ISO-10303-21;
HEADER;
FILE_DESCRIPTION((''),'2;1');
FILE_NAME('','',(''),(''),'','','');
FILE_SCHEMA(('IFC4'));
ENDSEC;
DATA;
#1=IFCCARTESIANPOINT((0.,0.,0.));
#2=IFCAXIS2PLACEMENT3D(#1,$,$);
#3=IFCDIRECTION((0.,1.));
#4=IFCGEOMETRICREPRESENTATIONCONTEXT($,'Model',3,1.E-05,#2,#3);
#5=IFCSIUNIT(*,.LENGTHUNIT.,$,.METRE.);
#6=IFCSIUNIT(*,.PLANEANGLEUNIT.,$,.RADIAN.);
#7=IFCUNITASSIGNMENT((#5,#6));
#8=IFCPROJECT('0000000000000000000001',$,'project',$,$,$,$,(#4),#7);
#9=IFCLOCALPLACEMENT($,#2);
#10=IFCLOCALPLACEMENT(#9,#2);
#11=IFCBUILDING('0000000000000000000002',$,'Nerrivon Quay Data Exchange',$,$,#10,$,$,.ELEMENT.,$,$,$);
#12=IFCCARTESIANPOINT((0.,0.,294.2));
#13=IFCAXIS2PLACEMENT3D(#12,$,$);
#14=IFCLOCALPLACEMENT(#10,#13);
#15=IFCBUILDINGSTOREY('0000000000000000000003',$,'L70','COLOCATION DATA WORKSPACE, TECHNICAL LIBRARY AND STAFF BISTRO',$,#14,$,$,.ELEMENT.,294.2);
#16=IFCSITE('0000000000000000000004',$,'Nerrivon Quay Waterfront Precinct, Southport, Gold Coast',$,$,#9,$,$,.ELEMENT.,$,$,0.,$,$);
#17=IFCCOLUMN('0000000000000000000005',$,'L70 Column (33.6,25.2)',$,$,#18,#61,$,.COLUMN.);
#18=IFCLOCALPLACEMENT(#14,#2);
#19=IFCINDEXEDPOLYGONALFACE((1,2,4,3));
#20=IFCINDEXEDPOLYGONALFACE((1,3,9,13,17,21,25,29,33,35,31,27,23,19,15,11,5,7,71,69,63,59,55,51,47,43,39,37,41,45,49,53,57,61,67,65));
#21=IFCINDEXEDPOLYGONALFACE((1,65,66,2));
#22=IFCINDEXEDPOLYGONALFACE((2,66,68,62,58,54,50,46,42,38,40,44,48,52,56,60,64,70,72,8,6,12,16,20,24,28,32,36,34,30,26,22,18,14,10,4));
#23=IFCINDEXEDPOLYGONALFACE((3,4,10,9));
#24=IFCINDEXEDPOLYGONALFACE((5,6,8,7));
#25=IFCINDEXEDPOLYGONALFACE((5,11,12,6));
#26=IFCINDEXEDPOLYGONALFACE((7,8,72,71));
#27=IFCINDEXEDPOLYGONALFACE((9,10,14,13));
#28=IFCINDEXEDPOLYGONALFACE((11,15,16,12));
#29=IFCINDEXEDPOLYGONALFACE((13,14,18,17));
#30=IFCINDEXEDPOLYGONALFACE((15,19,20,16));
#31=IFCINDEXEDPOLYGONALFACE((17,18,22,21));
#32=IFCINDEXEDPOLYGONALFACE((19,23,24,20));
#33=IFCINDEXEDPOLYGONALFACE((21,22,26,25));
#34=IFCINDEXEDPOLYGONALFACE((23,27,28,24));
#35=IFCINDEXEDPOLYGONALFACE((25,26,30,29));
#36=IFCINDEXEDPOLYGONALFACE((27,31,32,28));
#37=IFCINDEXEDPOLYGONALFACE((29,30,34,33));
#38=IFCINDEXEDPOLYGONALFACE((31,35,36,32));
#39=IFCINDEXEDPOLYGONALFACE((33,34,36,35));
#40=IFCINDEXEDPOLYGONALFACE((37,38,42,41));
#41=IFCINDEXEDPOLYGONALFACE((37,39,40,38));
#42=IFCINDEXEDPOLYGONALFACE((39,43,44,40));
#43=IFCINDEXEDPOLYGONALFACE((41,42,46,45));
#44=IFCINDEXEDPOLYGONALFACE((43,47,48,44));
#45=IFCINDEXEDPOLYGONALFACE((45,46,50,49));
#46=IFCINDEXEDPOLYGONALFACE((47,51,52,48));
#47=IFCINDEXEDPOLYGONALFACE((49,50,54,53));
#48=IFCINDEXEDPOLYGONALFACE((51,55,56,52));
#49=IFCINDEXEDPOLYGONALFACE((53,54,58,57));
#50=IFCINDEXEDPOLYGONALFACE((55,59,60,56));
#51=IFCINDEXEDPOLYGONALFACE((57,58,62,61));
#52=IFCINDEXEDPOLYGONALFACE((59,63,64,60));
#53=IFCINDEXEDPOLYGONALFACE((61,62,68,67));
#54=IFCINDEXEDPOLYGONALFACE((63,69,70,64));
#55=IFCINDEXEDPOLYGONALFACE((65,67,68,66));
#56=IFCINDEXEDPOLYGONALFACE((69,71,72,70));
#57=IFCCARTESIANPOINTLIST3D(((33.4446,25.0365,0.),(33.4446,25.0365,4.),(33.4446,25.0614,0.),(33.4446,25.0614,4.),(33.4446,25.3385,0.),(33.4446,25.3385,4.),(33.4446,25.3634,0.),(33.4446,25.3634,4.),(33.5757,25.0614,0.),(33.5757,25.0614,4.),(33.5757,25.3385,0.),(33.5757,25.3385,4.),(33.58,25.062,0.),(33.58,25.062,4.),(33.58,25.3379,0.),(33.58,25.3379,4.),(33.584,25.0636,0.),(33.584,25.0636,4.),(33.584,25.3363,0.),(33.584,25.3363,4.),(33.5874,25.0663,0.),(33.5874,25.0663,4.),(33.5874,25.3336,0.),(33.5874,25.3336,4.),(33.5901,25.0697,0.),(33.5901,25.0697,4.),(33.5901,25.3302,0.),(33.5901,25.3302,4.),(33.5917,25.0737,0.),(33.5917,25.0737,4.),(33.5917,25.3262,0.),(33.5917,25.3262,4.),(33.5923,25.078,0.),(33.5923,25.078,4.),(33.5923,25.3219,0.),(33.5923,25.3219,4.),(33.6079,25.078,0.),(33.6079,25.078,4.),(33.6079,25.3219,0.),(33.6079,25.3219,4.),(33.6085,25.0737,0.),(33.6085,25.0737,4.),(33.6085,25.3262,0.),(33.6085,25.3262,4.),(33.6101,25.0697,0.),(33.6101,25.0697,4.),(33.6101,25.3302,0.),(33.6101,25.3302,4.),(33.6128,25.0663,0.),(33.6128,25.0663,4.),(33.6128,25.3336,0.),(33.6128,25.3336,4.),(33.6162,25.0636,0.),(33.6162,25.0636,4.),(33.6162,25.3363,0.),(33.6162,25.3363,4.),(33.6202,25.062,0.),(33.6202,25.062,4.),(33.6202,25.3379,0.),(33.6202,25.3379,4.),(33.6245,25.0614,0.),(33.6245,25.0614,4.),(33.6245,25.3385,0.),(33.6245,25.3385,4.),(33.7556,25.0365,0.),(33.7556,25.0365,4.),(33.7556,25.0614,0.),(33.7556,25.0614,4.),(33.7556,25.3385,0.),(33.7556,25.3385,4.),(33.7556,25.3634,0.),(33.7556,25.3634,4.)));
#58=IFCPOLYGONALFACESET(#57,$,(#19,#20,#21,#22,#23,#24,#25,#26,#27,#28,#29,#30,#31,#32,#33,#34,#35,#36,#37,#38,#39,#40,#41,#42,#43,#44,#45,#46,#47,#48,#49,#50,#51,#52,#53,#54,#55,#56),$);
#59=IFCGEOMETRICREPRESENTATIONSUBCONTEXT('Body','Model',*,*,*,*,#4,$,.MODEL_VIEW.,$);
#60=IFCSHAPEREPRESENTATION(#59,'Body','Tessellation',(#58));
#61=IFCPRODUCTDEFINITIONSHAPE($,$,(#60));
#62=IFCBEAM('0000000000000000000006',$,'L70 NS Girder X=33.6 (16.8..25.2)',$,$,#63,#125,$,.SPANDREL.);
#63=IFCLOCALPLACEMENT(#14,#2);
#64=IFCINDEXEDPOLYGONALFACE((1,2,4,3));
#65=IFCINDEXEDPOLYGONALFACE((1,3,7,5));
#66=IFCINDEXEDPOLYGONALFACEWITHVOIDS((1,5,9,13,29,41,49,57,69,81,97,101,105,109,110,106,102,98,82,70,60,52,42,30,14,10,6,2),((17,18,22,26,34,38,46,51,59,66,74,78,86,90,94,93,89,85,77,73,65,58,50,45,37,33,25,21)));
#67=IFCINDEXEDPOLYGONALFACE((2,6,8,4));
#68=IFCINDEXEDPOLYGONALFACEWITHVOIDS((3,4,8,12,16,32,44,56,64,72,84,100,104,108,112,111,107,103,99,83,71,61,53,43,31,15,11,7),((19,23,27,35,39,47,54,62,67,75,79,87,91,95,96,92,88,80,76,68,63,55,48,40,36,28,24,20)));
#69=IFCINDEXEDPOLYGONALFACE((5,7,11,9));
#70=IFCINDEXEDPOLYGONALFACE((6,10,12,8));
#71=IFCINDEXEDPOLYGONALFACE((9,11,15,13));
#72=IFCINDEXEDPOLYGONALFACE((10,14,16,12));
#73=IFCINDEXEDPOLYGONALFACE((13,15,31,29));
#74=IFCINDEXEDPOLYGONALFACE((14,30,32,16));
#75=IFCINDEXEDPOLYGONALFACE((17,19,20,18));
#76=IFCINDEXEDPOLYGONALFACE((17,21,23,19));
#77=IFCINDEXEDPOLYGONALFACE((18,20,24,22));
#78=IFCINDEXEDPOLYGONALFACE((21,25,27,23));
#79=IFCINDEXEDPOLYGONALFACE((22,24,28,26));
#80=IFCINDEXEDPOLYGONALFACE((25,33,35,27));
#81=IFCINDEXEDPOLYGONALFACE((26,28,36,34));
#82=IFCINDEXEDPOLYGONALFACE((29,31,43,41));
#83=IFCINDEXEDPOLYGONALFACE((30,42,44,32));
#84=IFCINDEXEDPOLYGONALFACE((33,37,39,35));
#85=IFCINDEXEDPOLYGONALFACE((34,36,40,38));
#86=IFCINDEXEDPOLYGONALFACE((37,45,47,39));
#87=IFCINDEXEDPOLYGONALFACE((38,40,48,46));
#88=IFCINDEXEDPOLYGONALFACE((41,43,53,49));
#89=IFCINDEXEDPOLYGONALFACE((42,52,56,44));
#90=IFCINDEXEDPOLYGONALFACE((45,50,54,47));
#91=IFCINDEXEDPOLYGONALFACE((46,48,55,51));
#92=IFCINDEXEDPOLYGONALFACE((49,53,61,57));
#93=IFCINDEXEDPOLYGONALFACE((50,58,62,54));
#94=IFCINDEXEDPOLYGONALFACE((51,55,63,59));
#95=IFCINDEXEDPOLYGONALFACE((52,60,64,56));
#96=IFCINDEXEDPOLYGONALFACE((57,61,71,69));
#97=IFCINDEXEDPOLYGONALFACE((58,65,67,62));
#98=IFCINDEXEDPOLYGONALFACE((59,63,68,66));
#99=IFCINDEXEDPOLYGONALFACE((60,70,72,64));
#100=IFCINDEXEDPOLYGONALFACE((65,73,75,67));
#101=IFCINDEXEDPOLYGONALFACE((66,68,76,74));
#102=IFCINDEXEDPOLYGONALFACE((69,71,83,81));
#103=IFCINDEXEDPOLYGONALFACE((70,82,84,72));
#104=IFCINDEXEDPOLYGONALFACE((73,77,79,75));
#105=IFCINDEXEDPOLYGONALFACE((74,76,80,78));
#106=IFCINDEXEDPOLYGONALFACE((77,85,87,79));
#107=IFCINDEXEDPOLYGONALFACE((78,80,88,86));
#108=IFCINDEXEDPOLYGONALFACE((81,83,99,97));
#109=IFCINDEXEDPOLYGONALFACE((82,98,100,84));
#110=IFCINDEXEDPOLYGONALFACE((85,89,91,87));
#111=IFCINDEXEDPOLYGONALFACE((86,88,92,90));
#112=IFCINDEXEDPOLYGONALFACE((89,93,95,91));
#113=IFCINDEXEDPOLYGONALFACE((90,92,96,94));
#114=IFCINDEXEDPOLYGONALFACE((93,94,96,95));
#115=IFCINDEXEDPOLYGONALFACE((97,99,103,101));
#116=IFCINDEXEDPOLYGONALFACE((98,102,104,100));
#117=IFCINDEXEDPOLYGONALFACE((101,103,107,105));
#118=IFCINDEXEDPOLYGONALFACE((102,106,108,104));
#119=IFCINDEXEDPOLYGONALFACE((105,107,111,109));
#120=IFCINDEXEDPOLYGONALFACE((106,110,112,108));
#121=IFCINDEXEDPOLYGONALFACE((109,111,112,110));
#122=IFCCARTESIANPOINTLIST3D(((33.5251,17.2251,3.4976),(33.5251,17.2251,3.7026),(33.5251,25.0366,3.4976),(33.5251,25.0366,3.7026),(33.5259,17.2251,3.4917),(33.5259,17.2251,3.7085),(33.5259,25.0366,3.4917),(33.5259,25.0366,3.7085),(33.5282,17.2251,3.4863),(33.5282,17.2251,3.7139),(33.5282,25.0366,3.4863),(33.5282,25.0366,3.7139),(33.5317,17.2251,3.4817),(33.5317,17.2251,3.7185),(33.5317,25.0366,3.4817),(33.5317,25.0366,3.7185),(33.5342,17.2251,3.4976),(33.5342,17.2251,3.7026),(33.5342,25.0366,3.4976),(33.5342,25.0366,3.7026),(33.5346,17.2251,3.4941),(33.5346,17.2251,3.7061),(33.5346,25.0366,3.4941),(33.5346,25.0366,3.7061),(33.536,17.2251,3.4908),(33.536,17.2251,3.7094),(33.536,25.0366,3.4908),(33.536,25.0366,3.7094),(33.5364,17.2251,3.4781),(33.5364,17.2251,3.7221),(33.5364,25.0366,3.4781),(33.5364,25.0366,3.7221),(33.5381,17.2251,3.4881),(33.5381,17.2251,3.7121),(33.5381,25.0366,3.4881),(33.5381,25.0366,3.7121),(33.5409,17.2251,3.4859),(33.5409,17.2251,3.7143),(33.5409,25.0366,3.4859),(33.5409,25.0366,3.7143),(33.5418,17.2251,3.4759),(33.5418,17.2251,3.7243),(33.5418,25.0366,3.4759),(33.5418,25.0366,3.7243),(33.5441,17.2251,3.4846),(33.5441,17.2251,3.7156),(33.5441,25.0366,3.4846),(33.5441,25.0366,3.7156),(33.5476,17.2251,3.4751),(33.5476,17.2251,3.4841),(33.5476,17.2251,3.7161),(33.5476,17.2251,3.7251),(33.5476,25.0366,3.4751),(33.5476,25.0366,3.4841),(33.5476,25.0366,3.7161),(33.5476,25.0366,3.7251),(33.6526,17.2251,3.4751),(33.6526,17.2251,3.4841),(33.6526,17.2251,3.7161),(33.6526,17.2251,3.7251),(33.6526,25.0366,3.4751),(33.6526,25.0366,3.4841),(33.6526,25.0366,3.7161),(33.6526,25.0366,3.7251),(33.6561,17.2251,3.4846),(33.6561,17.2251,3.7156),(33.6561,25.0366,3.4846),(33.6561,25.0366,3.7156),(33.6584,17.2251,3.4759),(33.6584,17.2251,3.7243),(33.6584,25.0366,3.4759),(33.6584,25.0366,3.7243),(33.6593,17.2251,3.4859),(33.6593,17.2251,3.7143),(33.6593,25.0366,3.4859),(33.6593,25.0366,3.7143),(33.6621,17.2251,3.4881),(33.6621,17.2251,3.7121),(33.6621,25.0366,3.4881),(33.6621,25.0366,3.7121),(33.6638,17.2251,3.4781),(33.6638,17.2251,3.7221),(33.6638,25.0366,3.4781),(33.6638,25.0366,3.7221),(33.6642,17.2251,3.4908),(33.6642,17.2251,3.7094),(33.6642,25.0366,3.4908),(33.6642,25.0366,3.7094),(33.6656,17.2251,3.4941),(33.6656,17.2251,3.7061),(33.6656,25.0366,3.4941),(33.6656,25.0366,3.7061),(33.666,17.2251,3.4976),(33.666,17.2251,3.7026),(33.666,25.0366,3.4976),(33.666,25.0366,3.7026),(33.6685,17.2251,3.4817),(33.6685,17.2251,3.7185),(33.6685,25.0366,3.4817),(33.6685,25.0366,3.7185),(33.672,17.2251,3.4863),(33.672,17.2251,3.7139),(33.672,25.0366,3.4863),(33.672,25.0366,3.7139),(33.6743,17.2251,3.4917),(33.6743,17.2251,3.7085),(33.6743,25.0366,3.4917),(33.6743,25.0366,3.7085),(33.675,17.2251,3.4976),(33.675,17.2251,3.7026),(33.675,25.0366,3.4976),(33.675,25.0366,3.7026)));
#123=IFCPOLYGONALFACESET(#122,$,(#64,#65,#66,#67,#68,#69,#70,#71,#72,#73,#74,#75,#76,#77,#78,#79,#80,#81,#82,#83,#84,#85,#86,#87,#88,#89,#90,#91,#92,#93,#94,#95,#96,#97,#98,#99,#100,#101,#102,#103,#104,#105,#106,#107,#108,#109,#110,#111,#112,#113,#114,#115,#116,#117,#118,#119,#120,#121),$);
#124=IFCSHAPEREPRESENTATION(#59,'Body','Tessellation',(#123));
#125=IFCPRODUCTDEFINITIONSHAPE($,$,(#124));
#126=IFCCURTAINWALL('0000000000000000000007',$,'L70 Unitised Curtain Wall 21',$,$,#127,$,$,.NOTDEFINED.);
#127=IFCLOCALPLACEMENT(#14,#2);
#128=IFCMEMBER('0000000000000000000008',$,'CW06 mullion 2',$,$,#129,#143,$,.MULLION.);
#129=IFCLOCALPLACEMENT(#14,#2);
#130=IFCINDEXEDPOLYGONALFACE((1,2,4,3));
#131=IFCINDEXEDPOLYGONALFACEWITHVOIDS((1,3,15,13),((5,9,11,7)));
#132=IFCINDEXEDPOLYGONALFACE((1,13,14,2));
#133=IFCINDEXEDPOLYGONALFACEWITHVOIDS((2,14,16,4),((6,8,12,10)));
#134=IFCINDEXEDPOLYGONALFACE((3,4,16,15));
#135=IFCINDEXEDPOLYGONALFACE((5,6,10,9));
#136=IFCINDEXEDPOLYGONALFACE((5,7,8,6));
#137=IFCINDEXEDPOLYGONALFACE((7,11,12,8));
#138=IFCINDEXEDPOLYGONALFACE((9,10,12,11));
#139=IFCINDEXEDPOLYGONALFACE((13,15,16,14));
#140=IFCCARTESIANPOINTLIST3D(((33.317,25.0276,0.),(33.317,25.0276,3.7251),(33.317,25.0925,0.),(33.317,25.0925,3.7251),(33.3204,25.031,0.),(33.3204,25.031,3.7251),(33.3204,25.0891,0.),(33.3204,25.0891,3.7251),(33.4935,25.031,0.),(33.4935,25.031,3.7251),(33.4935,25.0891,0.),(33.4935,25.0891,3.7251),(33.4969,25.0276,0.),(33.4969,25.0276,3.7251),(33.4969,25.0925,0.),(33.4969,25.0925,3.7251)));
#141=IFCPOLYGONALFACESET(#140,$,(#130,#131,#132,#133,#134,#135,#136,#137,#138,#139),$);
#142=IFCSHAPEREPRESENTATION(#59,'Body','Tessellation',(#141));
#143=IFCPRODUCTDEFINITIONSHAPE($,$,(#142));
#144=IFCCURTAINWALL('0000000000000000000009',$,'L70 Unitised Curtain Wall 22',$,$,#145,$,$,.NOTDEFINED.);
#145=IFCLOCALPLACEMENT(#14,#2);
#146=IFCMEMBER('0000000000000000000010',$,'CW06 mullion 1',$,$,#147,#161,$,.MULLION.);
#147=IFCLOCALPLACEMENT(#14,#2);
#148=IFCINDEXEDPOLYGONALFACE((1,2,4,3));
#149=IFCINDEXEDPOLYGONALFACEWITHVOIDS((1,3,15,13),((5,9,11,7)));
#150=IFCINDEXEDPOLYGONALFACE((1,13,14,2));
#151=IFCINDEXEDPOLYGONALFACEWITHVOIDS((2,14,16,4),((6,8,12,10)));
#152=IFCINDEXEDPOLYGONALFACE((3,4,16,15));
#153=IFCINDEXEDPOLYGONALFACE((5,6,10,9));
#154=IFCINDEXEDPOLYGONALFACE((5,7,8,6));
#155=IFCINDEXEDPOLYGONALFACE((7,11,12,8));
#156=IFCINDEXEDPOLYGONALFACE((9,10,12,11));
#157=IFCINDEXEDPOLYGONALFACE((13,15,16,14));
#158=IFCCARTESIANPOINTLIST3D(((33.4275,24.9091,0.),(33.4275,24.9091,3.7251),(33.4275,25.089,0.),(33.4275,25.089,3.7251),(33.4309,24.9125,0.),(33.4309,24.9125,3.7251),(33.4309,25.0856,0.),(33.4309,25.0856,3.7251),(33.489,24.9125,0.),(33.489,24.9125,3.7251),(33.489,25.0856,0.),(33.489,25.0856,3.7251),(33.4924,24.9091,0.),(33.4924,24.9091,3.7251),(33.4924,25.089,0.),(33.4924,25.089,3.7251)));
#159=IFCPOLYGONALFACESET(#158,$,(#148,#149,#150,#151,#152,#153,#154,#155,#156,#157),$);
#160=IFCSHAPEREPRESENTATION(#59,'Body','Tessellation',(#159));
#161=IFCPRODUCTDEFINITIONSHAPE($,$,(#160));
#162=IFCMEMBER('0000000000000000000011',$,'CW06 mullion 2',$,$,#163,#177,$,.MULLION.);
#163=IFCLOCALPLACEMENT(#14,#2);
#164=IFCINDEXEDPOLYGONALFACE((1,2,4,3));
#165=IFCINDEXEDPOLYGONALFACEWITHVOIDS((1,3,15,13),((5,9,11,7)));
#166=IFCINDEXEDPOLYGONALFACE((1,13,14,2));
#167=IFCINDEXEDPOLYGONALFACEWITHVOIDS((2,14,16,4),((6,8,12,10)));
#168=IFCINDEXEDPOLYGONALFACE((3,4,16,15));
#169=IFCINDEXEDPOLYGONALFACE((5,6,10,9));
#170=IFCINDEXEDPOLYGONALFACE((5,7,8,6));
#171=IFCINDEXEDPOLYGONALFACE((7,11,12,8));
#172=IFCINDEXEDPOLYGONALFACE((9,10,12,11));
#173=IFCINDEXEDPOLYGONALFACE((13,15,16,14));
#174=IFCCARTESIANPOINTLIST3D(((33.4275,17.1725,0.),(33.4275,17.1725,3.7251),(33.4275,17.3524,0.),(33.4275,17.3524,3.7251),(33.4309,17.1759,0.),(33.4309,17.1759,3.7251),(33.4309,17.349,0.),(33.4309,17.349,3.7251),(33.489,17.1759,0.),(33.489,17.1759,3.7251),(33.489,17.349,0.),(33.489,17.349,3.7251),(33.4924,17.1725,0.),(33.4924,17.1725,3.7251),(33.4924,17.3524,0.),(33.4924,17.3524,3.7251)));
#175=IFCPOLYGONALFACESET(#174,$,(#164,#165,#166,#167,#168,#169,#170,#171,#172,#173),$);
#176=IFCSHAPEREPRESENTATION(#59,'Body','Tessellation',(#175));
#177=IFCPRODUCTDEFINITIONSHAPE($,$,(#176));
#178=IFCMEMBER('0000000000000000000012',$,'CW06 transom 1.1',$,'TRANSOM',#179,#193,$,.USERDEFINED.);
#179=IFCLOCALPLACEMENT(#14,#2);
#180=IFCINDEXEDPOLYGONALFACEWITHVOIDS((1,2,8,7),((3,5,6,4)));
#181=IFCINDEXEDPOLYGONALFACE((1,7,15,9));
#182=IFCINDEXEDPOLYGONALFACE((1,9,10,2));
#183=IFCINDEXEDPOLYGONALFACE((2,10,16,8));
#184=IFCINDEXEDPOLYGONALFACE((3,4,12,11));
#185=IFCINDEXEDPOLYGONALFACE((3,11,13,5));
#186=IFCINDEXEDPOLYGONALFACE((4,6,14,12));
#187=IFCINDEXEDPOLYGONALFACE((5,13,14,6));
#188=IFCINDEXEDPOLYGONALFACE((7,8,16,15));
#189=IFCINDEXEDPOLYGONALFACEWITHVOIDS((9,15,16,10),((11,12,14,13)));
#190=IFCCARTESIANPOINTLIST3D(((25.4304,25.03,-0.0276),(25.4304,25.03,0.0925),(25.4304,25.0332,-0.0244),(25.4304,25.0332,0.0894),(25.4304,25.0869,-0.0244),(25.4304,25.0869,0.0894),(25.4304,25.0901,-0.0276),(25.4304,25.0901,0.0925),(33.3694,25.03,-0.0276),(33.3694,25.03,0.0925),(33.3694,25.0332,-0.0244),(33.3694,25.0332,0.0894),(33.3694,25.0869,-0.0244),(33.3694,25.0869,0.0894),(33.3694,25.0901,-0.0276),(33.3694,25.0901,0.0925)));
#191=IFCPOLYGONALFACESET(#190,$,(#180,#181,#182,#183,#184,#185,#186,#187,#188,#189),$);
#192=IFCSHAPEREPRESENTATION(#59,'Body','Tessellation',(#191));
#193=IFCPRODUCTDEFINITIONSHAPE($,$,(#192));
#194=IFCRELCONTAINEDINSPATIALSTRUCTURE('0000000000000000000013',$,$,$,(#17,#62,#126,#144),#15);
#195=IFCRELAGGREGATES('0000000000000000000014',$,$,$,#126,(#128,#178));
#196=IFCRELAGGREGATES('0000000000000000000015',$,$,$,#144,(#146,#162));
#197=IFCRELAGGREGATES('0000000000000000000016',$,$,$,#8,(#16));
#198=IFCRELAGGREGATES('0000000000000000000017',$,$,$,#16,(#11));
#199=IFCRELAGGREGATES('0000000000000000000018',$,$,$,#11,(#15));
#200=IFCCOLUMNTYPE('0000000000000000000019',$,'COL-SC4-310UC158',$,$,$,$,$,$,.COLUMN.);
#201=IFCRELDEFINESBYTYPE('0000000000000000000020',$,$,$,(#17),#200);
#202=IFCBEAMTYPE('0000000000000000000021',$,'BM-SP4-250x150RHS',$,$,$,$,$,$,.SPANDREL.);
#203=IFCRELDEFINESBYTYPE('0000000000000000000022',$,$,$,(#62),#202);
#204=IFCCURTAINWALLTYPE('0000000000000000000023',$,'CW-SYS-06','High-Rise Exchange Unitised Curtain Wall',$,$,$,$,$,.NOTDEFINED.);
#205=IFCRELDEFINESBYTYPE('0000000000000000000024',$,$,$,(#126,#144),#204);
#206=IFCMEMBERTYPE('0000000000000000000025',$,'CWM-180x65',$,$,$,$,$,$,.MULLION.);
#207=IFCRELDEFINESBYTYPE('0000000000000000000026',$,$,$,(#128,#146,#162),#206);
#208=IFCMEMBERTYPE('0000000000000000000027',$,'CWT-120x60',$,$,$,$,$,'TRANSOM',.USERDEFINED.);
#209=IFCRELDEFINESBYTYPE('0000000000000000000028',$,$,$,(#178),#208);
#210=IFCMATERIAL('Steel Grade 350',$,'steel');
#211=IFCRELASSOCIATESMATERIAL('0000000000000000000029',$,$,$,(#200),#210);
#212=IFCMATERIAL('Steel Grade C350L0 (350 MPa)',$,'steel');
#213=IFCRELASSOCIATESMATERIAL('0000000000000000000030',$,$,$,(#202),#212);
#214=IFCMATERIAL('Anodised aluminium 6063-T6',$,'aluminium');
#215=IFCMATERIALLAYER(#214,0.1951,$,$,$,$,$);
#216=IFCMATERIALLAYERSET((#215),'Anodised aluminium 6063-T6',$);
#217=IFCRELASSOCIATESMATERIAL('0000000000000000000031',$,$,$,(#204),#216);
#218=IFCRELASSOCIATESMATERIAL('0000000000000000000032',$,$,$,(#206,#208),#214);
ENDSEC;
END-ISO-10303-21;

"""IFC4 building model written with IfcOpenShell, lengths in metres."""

from ifc_helpers import new_model, si_unit, direction, frame, origin, origin_2d, place, context, subcontext, project, spatial, hollow_rectangle, i_section, extrude, material, layer, layer_set, material_profile, profile_set, type_object, element, aggregate, save


model = new_model("IFC4")

# Units and contexts
model_context = context("Model", 3, precision=1e-05, world=origin(), true_north=direction((0.0, 1.0)))
body_context = subcontext(model_context, "Body", "Model", "MODEL_VIEW")
ifc_project = project(units=[si_unit("LENGTHUNIT", "METRE"), si_unit("PLANEANGLEUNIT", "RADIAN")], contexts=[model_context])

# Site, building, storey
site_placement = place(None, origin())
site = spatial("IfcSite", under=ifc_project, at=site_placement, Name="Nerrivon Quay Waterfront Precinct, Southport, Gold Coast", CompositionType="ELEMENT", RefElevation=0.0)
building_placement = place(site_placement, origin())
building = spatial("IfcBuilding", under=site, at=building_placement, Name="Nerrivon Quay Data Exchange", CompositionType="ELEMENT")
storey_placement = place(building_placement, frame((0.0, 0.0, 294.2)))
storey = spatial("IfcBuildingStorey", under=building, at=storey_placement, Name="L70", Description="COLOCATION DATA WORKSPACE, TECHNICAL LIBRARY AND STAFF BISTRO", CompositionType="ELEMENT", Elevation=294.2)

# Column
ifc_material_1 = material(Name="Steel Grade 350", Category="steel")
ifc_material_profile_1 = material_profile(ifc_material_1, i_section(OverallWidth=0.311, OverallDepth=0.3269, WebThickness=0.0156, FlangeThickness=0.0249, FilletRadius=0.0166, at=origin_2d()), Name="310UC158")
ifc_profile_set_1 = profile_set([ifc_material_profile_1], Name="Steel Grade 350")
column_type = type_object("IfcColumnType", Name="COL-SC4-310UC158", PredefinedType="COLUMN", material=ifc_profile_set_1)
column_placement = place(storey_placement, frame((33.6001, 25.2, 0.0), z_axis=(0.0, 0.0, 1.0), x_axis=(1.0, 0.0, 0.0)))
element("IfcColumn", 1, at=column_placement, inside=storey, type_object=column_type, Name="L70 Column (33.6,25.2)", PredefinedType="COLUMN", context=body_context, shape_type="SweptSolid", body=[
    extrude(i_section(OverallWidth=0.311, OverallDepth=0.3269, WebThickness=0.0156, FlangeThickness=0.0249, FilletRadius=0.0166, at=origin_2d()), origin(), (0.0, 0.0, 1.0), 4.0),
])

# Beam
ifc_material_2 = material(Name="Steel Grade C350L0 (350 MPa)", Category="steel")
ifc_material_profile_2 = material_profile(ifc_material_2, hollow_rectangle(XDim=0.1499, YDim=0.25, WallThickness=0.009, InnerFilletRadius=0.0134, OuterFilletRadius=0.0225, at=origin_2d()), Name="250x150x9.0RHS")
ifc_profile_set_2 = profile_set([ifc_material_profile_2], Name="Steel Grade C350L0 (350 MPa)")
beam_type = type_object("IfcBeamType", Name="BM-SP4-250x150RHS", PredefinedType="SPANDREL", material=ifc_profile_set_2)
beam_placement = place(storey_placement, frame((33.6001, 17.2251, 3.6001), z_axis=(0.0, 1.0, 0.0), x_axis=(-1.0, 0.0, 0.0)))
element("IfcBeam", 2, at=beam_placement, inside=storey, type_object=beam_type, Name="L70 NS Girder X=33.6 (16.8..25.2)", PredefinedType="SPANDREL", context=body_context, shape_type="SweptSolid", body=[
    extrude(hollow_rectangle(XDim=0.1499, YDim=0.25, WallThickness=0.009, InnerFilletRadius=0.0134, OuterFilletRadius=0.0225, at=origin_2d()), origin(), (0.0, 0.0, 1.0), 7.8115),
])

# Curtain wall, member
ifc_material_3 = material(Name="Anodised aluminium 6063-T6", Category="aluminium")
ifc_layer_1 = layer(ifc_material_3, 0.1951)
ifc_layer_set_1 = layer_set([ifc_layer_1], Name="Anodised aluminium 6063-T6")
curtain_wall_type = type_object("IfcCurtainWallType", Name="CW-SYS-06", Description="High-Rise Exchange Unitised Curtain Wall", PredefinedType="NOTDEFINED", material=ifc_layer_set_1)
curtain_wall_1_placement = place(storey_placement, origin())
curtain_wall_1 = element("IfcCurtainWall", 3, at=curtain_wall_1_placement, inside=storey, type_object=curtain_wall_type, Name="L70 Unitised Curtain Wall 21", PredefinedType="NOTDEFINED")
ifc_material_profile_3 = material_profile(ifc_material_3, hollow_rectangle(XDim=0.0649, YDim=0.1799, WallThickness=0.0034, at=origin_2d()), Name="ALU-MULL-180x65")
ifc_profile_set_3 = profile_set([ifc_material_profile_3], Name="Anodised aluminium 6063-T6")
member_type_1 = type_object("IfcMemberType", Name="CWM-180x65", PredefinedType="MULLION", material=ifc_profile_set_3)
member_1_placement = place(storey_placement, frame((33.407, 25.0601, 0.0), z_axis=(0.0, 0.0, 1.0), x_axis=(0.0, 1.0, 0.0)))
member_1 = element("IfcMember", 4, at=member_1_placement, type_object=member_type_1, Name="CW06 mullion 2", PredefinedType="MULLION", context=body_context, shape_type="SweptSolid", body=[
    extrude(hollow_rectangle(XDim=0.0649, YDim=0.1799, WallThickness=0.0034, at=origin_2d()), origin(), (0.0, 0.0, 1.0), 3.7251),
])

# Curtain wall, members
curtain_wall_2_placement = place(storey_placement, origin())
curtain_wall_2 = element("IfcCurtainWall", 5, at=curtain_wall_2_placement, inside=storey, type_object=curtain_wall_type, Name="L70 Unitised Curtain Wall 22", PredefinedType="NOTDEFINED")
member_2_placement = place(storey_placement, frame((33.46, 24.999, 0.0), z_axis=(0.0, 0.0, 1.0), x_axis=(1.0, 0.0, 0.0)))
member_2 = element("IfcMember", 6, at=member_2_placement, type_object=member_type_1, Name="CW06 mullion 1", PredefinedType="MULLION", context=body_context, shape_type="SweptSolid", body=[
    extrude(hollow_rectangle(XDim=0.0649, YDim=0.1799, WallThickness=0.0034, at=origin_2d()), origin(), (0.0, 0.0, 1.0), 3.7251),
])
member_3_placement = place(storey_placement, frame((33.46, 17.2625, 0.0), z_axis=(0.0, 0.0, 1.0), x_axis=(1.0, 0.0, 0.0)))
member_3 = element("IfcMember", 7, at=member_3_placement, type_object=member_type_1, Name="CW06 mullion 2", PredefinedType="MULLION", context=body_context, shape_type="SweptSolid", body=[
    extrude(hollow_rectangle(XDim=0.0649, YDim=0.1799, WallThickness=0.0034, at=origin_2d()), origin(), (0.0, 0.0, 1.0), 3.7251),
])

# Member
ifc_material_profile_4 = material_profile(ifc_material_3, hollow_rectangle(XDim=0.0601, YDim=0.1201, WallThickness=0.0032, at=origin_2d()), Name="ALU-TRAN-120x60")
ifc_profile_set_4 = profile_set([ifc_material_profile_4], Name="Anodised aluminium 6063-T6")
member_type_2 = type_object("IfcMemberType", Name="CWT-120x60", ElementType="TRANSOM", PredefinedType="USERDEFINED", material=ifc_profile_set_4)
member_4_placement = place(storey_placement, frame((25.4304, 25.0601, 0.0325), z_axis=(1.0, 0.0, 0.0), x_axis=(0.0, 1.0, 0.0)))
member_4 = element("IfcMember", 8, at=member_4_placement, type_object=member_type_2, Name="CW06 transom 1.1", ObjectType="TRANSOM", PredefinedType="USERDEFINED", context=body_context, shape_type="SweptSolid", body=[
    extrude(hollow_rectangle(XDim=0.0601, YDim=0.1201, WallThickness=0.0032, at=origin_2d()), origin(), (0.0, 0.0, 1.0), 7.939),
])

aggregate(curtain_wall_1, [member_1, member_4])
aggregate(curtain_wall_2, [member_2, member_3])

save(model, "model.ifc")
